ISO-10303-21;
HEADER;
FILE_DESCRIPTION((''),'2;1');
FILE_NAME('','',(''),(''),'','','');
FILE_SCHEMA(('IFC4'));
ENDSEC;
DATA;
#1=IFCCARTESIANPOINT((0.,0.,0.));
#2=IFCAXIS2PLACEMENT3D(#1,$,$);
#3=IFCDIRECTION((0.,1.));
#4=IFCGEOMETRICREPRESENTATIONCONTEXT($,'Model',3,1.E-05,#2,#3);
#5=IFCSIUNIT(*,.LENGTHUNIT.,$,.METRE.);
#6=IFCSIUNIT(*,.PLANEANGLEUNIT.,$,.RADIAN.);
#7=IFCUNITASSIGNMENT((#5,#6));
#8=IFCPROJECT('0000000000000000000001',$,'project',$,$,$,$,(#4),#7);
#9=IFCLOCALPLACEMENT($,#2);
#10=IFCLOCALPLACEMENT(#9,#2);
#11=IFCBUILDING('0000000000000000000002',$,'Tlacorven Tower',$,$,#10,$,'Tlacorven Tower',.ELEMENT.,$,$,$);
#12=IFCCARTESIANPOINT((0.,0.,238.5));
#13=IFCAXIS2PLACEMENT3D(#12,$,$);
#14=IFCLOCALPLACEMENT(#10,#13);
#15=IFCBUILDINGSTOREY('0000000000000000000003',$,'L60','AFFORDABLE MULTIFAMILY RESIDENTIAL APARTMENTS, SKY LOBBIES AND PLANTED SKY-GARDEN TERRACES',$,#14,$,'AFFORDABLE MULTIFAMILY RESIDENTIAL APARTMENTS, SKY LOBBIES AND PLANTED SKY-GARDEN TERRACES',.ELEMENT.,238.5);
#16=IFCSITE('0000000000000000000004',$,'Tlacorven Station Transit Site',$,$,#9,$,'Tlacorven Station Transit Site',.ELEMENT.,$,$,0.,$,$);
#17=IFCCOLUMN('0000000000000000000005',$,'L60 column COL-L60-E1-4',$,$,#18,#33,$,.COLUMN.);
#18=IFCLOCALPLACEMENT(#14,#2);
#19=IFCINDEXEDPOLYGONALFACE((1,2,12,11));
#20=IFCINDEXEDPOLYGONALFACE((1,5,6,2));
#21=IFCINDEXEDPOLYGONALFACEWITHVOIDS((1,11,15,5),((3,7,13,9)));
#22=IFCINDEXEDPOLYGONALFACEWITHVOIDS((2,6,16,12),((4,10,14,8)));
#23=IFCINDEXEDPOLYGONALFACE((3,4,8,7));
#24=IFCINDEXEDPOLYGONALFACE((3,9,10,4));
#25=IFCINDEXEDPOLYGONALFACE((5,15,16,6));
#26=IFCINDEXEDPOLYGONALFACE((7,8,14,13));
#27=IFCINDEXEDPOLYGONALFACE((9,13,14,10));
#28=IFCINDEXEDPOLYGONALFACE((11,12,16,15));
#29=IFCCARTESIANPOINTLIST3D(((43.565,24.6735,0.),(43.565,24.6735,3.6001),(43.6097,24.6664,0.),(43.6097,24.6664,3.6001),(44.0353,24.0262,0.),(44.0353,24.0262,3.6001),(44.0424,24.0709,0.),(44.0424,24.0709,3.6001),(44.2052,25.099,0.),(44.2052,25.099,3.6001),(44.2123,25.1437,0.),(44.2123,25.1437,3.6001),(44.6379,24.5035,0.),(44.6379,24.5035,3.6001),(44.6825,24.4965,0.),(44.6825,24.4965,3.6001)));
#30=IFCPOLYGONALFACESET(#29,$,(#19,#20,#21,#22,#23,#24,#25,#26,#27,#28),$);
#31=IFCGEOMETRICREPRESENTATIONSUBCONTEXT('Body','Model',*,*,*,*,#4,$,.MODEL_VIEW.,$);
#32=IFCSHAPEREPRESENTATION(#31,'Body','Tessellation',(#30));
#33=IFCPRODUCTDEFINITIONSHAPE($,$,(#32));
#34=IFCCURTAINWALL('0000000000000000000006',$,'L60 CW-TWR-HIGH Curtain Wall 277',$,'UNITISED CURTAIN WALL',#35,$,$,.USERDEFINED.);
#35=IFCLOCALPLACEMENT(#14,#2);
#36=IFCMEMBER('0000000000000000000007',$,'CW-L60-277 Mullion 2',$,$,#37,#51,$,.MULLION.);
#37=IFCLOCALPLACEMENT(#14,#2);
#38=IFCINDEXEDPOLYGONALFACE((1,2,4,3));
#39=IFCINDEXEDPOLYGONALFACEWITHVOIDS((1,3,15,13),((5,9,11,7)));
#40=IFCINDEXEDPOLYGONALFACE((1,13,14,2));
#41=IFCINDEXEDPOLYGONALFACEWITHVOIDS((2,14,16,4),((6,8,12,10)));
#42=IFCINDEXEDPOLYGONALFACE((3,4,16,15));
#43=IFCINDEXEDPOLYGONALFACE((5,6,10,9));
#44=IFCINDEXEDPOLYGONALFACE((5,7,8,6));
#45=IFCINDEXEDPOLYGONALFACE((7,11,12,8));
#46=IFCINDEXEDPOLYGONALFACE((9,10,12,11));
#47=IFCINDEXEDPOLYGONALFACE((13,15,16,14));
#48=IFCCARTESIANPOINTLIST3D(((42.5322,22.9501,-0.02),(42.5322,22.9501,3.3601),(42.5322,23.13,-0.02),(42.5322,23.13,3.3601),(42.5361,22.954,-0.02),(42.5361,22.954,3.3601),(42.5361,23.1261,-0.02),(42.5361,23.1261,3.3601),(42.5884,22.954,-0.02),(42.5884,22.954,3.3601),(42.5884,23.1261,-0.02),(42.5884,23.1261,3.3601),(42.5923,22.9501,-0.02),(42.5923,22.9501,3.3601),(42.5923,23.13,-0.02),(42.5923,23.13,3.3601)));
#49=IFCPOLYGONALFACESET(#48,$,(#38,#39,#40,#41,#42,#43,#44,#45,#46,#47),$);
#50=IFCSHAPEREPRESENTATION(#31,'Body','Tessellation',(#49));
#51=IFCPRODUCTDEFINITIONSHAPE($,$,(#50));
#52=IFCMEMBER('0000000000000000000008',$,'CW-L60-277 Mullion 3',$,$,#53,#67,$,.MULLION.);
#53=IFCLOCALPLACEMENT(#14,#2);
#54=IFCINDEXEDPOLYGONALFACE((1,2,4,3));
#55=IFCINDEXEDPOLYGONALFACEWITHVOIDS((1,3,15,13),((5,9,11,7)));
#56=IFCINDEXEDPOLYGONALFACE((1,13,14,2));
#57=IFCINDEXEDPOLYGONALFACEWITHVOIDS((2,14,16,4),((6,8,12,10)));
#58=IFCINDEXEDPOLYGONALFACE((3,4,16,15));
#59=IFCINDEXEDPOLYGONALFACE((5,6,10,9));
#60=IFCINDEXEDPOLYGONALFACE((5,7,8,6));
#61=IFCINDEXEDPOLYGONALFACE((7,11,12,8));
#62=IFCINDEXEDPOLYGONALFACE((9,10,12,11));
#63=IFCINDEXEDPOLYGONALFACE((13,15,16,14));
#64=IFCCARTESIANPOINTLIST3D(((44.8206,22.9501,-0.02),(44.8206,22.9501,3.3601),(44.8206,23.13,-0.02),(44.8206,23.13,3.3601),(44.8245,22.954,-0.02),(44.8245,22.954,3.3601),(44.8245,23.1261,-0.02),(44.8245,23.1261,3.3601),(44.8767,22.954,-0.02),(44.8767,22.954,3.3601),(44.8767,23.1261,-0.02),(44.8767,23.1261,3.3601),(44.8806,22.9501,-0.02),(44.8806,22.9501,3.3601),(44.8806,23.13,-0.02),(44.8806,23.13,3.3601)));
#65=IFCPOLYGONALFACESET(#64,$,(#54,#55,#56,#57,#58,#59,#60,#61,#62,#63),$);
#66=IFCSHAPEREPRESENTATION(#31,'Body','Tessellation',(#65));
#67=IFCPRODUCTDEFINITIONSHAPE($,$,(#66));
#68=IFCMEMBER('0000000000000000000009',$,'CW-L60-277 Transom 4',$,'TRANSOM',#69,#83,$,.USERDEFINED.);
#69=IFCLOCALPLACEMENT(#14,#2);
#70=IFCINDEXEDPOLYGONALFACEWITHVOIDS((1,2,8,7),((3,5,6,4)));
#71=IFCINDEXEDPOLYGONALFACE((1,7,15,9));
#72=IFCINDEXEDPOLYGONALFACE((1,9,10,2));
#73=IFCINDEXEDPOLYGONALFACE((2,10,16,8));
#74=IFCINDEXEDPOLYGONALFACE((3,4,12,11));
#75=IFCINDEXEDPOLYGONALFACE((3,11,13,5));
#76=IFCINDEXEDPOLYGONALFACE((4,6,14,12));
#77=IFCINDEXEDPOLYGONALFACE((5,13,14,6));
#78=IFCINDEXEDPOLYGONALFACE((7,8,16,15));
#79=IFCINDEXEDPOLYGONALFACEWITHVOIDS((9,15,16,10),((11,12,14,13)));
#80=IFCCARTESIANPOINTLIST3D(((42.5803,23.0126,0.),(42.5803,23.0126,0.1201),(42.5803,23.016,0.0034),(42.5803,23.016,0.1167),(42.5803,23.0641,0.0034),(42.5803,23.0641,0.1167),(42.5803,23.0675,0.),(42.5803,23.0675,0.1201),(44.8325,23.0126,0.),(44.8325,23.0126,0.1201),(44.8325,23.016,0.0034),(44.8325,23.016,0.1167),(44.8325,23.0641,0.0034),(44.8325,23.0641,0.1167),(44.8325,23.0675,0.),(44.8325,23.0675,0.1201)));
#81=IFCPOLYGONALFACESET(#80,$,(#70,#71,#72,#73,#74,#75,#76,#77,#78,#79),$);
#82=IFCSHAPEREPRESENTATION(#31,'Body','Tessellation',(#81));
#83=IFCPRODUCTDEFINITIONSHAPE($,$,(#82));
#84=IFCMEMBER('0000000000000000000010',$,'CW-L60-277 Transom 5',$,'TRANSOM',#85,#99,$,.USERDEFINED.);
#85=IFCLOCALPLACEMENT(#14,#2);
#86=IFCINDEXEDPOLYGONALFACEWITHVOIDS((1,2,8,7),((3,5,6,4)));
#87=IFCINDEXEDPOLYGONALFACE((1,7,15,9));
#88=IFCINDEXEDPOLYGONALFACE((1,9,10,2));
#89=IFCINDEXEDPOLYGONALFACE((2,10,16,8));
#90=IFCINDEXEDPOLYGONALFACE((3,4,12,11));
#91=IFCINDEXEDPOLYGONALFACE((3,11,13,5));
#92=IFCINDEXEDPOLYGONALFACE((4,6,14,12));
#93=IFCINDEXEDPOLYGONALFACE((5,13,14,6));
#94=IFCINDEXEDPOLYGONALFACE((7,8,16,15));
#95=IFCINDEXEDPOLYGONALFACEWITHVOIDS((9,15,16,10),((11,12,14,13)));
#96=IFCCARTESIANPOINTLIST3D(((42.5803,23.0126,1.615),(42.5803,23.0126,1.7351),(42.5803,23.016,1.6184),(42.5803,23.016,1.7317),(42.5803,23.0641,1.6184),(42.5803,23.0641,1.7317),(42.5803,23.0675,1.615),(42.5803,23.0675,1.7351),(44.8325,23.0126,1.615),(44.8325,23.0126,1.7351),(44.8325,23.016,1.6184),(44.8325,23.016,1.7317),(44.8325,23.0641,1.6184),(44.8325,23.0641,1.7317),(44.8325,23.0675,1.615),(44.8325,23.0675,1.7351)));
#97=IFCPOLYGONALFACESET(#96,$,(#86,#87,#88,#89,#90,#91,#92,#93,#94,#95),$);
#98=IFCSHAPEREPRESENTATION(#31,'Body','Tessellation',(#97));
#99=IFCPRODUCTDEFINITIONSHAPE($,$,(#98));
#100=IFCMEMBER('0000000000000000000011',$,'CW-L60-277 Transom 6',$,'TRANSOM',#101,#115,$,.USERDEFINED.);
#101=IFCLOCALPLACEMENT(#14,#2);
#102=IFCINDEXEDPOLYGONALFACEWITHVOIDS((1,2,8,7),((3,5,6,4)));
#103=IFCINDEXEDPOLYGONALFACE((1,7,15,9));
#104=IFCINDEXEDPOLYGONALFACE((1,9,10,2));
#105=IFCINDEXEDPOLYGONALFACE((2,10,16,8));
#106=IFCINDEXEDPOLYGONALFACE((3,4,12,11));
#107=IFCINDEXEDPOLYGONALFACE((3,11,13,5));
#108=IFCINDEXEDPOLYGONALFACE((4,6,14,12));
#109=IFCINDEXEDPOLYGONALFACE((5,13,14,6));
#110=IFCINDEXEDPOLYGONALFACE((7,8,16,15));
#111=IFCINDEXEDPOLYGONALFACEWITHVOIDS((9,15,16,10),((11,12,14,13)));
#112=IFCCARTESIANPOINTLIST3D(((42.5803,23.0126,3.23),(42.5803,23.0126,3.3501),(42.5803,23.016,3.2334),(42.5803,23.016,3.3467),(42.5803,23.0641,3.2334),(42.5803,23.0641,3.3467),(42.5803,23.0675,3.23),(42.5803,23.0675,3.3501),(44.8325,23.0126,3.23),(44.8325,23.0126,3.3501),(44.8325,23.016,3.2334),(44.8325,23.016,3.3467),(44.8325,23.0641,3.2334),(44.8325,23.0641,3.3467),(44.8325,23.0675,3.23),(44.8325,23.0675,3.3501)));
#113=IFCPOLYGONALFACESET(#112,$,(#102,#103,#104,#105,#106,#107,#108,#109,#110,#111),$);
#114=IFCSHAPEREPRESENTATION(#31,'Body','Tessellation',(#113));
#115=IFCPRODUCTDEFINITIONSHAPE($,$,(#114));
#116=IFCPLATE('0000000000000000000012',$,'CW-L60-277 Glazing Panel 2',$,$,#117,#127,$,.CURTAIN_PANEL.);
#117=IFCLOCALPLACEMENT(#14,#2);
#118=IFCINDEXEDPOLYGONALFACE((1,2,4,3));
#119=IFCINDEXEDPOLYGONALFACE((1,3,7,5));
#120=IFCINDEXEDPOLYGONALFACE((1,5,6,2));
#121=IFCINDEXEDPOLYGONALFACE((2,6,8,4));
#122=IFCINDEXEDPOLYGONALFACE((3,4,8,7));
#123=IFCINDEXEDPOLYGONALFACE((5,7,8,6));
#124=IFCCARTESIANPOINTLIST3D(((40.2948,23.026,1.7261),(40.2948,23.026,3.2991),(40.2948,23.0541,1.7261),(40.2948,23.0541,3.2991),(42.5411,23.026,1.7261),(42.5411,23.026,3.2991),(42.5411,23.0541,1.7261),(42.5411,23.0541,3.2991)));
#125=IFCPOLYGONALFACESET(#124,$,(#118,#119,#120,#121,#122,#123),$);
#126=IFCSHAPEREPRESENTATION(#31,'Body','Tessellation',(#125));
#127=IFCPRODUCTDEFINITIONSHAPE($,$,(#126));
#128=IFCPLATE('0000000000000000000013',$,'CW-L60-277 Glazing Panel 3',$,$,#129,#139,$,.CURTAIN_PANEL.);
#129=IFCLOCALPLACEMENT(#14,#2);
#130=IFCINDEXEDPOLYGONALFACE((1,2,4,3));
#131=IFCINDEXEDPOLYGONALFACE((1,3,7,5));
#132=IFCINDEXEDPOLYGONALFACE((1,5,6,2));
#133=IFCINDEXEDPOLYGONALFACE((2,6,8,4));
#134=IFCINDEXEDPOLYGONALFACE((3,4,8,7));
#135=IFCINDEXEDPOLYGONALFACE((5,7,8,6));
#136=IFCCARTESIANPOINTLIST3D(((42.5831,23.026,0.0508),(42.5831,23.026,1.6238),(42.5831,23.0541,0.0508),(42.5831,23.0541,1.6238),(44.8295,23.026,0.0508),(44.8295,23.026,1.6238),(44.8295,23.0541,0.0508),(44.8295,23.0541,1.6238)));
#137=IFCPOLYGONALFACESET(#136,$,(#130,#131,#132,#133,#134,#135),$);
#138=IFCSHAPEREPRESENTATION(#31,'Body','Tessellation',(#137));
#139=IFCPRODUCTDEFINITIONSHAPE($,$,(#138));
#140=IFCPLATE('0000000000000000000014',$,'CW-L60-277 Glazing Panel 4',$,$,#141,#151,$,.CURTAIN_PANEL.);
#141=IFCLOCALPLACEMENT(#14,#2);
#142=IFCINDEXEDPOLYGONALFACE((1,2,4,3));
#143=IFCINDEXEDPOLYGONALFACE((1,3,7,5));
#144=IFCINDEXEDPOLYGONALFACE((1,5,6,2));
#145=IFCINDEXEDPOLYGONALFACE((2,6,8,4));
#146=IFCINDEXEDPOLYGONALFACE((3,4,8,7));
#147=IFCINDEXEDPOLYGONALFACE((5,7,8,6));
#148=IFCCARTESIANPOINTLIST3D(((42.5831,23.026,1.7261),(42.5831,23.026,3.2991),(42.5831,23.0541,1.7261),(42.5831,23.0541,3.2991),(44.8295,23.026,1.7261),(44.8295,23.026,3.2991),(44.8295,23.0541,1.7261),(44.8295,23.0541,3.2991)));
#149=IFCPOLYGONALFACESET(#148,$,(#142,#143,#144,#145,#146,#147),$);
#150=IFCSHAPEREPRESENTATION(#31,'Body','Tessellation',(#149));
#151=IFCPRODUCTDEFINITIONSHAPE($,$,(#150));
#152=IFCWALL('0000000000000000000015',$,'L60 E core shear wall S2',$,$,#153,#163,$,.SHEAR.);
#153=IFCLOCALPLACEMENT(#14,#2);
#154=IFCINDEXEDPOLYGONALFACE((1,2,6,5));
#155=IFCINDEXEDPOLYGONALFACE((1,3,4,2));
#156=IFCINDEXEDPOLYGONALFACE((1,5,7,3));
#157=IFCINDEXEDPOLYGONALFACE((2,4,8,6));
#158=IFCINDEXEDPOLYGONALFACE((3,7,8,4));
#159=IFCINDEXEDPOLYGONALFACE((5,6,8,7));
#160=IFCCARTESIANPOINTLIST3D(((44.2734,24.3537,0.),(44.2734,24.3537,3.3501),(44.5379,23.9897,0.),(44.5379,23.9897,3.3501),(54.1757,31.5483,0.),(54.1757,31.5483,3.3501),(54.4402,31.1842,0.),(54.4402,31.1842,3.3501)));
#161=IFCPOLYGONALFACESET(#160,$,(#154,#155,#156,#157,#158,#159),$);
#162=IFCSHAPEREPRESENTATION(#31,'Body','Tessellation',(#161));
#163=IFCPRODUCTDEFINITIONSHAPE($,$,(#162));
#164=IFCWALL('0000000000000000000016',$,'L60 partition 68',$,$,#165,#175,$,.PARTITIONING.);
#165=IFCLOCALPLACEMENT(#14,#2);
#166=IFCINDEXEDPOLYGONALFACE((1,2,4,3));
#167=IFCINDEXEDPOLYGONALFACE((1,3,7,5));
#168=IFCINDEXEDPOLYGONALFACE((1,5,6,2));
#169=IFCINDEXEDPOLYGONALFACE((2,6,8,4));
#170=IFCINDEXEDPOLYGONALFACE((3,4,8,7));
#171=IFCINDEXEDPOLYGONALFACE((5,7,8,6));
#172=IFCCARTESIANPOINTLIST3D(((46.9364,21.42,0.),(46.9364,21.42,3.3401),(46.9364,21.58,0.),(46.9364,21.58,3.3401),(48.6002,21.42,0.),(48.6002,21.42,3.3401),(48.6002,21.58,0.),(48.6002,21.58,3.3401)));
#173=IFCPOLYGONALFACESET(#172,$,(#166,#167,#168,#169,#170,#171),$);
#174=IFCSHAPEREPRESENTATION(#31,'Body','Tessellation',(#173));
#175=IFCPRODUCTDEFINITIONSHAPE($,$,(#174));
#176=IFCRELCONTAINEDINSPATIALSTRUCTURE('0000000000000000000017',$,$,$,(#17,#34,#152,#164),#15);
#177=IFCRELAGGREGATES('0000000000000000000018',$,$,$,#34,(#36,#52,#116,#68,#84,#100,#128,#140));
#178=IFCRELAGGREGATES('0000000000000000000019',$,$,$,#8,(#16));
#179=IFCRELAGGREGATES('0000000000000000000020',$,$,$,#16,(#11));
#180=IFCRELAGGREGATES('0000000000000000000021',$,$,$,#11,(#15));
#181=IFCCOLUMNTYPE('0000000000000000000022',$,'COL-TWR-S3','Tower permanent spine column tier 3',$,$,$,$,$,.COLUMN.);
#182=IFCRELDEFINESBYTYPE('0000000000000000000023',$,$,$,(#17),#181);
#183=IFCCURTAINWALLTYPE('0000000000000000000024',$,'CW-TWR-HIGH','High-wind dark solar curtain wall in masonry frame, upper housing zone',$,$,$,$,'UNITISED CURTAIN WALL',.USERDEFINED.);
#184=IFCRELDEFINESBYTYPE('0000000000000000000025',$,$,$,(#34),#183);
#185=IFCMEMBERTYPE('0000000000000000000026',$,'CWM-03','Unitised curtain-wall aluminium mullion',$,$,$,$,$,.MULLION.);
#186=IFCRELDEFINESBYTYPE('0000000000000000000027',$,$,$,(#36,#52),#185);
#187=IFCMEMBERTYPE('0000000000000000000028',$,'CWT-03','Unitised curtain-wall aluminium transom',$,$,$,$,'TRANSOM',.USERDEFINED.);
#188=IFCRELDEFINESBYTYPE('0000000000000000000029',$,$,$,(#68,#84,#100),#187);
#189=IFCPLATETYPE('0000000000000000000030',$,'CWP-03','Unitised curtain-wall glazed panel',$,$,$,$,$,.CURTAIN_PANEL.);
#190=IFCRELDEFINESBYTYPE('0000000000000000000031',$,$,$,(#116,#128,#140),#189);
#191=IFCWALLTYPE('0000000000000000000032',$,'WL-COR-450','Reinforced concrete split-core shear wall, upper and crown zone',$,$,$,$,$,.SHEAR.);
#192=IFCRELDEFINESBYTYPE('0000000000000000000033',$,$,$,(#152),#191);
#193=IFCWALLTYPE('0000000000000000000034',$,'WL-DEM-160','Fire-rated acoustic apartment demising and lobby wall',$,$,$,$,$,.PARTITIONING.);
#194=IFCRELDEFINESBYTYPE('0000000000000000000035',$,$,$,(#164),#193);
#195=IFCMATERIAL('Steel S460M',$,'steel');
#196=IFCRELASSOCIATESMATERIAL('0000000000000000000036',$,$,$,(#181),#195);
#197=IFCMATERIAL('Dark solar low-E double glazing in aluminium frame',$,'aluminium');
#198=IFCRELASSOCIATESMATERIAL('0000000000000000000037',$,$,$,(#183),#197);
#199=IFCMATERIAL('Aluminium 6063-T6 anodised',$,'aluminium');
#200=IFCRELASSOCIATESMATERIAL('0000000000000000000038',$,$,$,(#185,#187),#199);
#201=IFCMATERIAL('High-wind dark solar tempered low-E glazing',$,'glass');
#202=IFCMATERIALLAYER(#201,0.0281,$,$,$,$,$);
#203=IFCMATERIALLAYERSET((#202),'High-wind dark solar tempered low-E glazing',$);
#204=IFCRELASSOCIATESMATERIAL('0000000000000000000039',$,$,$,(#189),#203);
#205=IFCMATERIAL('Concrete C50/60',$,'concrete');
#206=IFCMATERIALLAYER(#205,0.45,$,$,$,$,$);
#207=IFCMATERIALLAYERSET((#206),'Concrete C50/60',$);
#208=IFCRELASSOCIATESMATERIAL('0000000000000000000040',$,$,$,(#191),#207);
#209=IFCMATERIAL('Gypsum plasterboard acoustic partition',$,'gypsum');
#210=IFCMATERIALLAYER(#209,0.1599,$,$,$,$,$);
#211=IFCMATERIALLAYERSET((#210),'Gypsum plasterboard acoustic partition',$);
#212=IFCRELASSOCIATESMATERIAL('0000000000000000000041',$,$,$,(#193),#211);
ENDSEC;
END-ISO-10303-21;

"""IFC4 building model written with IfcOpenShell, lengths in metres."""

from ifc_helpers import new_model, si_unit, direction, frame, frame_2d, origin, origin_2d, place, context, subcontext, project, spatial, rectangle, hollow_rectangle, extrude, source, transform, mapped, material, layer, layer_set, material_profile, profile_set, type_object, element, aggregate, save


model = new_model("IFC4")

# Units and contexts
model_context = context("Model", 3, precision=1e-05, world=origin(), true_north=direction((0.0, 1.0)))
body_context = subcontext(model_context, "Body", "Model", "MODEL_VIEW")
ifc_project = project(units=[si_unit("LENGTHUNIT", "METRE"), si_unit("PLANEANGLEUNIT", "RADIAN")], contexts=[model_context])

# Site, building, storey
site_placement = place(None, origin())
site = spatial("IfcSite", under=ifc_project, at=site_placement, Name="Tlacorven Station Transit Site", LongName="Tlacorven Station Transit Site", CompositionType="ELEMENT", RefElevation=0.0)
building_placement = place(site_placement, origin())
building = spatial("IfcBuilding", under=site, at=building_placement, Name="Tlacorven Tower", LongName="Tlacorven Tower", CompositionType="ELEMENT")
storey_placement = place(building_placement, frame((0.0, 0.0, 238.5)))
storey = spatial("IfcBuildingStorey", under=building, at=storey_placement, Name="L60", Description="AFFORDABLE MULTIFAMILY RESIDENTIAL APARTMENTS, SKY LOBBIES AND PLANTED SKY-GARDEN TERRACES", LongName="AFFORDABLE MULTIFAMILY RESIDENTIAL APARTMENTS, SKY LOBBIES AND PLANTED SKY-GARDEN TERRACES", CompositionType="ELEMENT", Elevation=238.5)

# Column
ifc_material_1 = material(Name="Steel S460M", Category="steel")
ifc_material_profile_1 = material_profile(ifc_material_1, hollow_rectangle(XDim=0.8, YDim=0.8, WallThickness=0.032, at=origin_2d()), Name="BOX 800X800X32")
ifc_profile_set_1 = profile_set([ifc_material_profile_1], Name="Steel S460M")
column_type = type_object("IfcColumnType", Name="COL-TWR-S3", Description="Tower permanent spine column tier 3", PredefinedType="COLUMN", material=ifc_profile_set_1)
shared_shape_1 = source(origin(), body_context, "Body", "SweptSolid", [
    extrude(hollow_rectangle(XDim=0.8, YDim=0.8, WallThickness=0.032, at=origin_2d()), origin(), (0.0, 0.0, 1.0), 3.6001),
])
column_placement = place(storey_placement, frame((44.1238, 24.585, 0.0), z_axis=(0.0, 0.0, 1.0), x_axis=(0.809017, 0.587785, 0.0)))
element("IfcColumn", 1, at=column_placement, inside=storey, type_object=column_type, Name="L60 column COL-L60-E1-4", PredefinedType="COLUMN", context=body_context, shape_type="MappedRepresentation", body=[
    mapped(shared_shape_1, transform((0.0, 0.0, 0.0), scale=1.0)),
])

# Curtain wall, members, plates
ifc_material_2 = material(Name="Dark solar low-E double glazing in aluminium frame", Category="aluminium")
curtain_wall_type = type_object("IfcCurtainWallType", Name="CW-TWR-HIGH", Description="High-wind dark solar curtain wall in masonry frame, upper housing zone", ElementType="UNITISED CURTAIN WALL", PredefinedType="USERDEFINED", material=ifc_material_2)
curtain_wall_placement = place(storey_placement, origin())
curtain_wall = element("IfcCurtainWall", 2, at=curtain_wall_placement, inside=storey, type_object=curtain_wall_type, Name="L60 CW-TWR-HIGH Curtain Wall 277", ObjectType="UNITISED CURTAIN WALL", PredefinedType="USERDEFINED")
ifc_material_3 = material(Name="Aluminium 6063-T6 anodised", Category="aluminium")
ifc_material_profile_2 = material_profile(ifc_material_3, hollow_rectangle(XDim=0.0601, YDim=0.1799, WallThickness=0.0039, at=origin_2d()), Name="ALU MULLION 60X180")
ifc_profile_set_2 = profile_set([ifc_material_profile_2], Name="Aluminium 6063-T6 anodised")
member_type_1 = type_object("IfcMemberType", Name="CWM-03", Description="Unitised curtain-wall aluminium mullion", PredefinedType="MULLION", material=ifc_profile_set_2)
shared_shape_2 = source(origin(), body_context, "Body", "SweptSolid", [
    extrude(hollow_rectangle(XDim=0.0601, YDim=0.1799, WallThickness=0.0039, at=origin_2d()), origin(), (0.0, 0.0, 1.0), 3.3801),
])
member_1_placement = place(storey_placement, frame((42.5623, 23.04, -0.02), z_axis=(0.0, 0.0, 1.0), x_axis=(1.0, 0.0, 0.0)))
member_1 = element("IfcMember", 3, at=member_1_placement, type_object=member_type_1, Name="CW-L60-277 Mullion 2", PredefinedType="MULLION", context=body_context, shape_type="MappedRepresentation", body=[
    mapped(shared_shape_2, transform((0.0, 0.0, 0.0), scale=1.0)),
])
member_2_placement = place(storey_placement, frame((44.8506, 23.04, -0.02), z_axis=(0.0, 0.0, 1.0), x_axis=(1.0, 0.0, 0.0)))
member_2 = element("IfcMember", 4, at=member_2_placement, type_object=member_type_1, Name="CW-L60-277 Mullion 3", PredefinedType="MULLION", context=body_context, shape_type="MappedRepresentation", body=[
    mapped(shared_shape_2, transform((0.0, 0.0, 0.0), scale=1.0)),
])
ifc_material_profile_3 = material_profile(ifc_material_3, hollow_rectangle(XDim=0.0549, YDim=0.1201, WallThickness=0.0034, at=origin_2d()), Name="ALU TRANSOM 55X120")
ifc_profile_set_3 = profile_set([ifc_material_profile_3], Name="Aluminium 6063-T6 anodised")
member_type_2 = type_object("IfcMemberType", Name="CWT-03", Description="Unitised curtain-wall aluminium transom", ElementType="TRANSOM", PredefinedType="USERDEFINED", material=ifc_profile_set_3)
shared_shape_3 = source(origin(), body_context, "Body", "SweptSolid", [
    extrude(hollow_rectangle(XDim=0.0549, YDim=0.1201, WallThickness=0.0034, at=origin_2d()), origin(), (0.0, 0.0, 1.0), 2.2522),
])
member_3_placement = place(storey_placement, frame((42.5803, 23.04, 0.0601), z_axis=(1.0, 0.0, 0.0), x_axis=(0.0, 1.0, 0.0)))
member_3 = element("IfcMember", 5, at=member_3_placement, type_object=member_type_2, Name="CW-L60-277 Transom 4", ObjectType="TRANSOM", PredefinedType="USERDEFINED", context=body_context, shape_type="MappedRepresentation", body=[
    mapped(shared_shape_3, transform((0.0, 0.0, 0.0), scale=1.0)),
])
member_4_placement = place(storey_placement, frame((42.5803, 23.04, 1.675), z_axis=(1.0, 0.0, 0.0), x_axis=(0.0, 1.0, 0.0)))
member_4 = element("IfcMember", 6, at=member_4_placement, type_object=member_type_2, Name="CW-L60-277 Transom 5", ObjectType="TRANSOM", PredefinedType="USERDEFINED", context=body_context, shape_type="MappedRepresentation", body=[
    mapped(shared_shape_3, transform((0.0, 0.0, 0.0), scale=1.0)),
])
member_5_placement = place(storey_placement, frame((42.5803, 23.04, 3.29), z_axis=(1.0, 0.0, 0.0), x_axis=(0.0, 1.0, 0.0)))
member_5 = element("IfcMember", 7, at=member_5_placement, type_object=member_type_2, Name="CW-L60-277 Transom 6", ObjectType="TRANSOM", PredefinedType="USERDEFINED", context=body_context, shape_type="MappedRepresentation", body=[
    mapped(shared_shape_3, transform((0.0, 0.0, 0.0), scale=1.0)),
])
ifc_material_4 = material(Name="High-wind dark solar tempered low-E glazing", Category="glass")
ifc_layer_1 = layer(ifc_material_4, 0.0281)
ifc_layer_set_1 = layer_set([ifc_layer_1], Name="High-wind dark solar tempered low-E glazing")
plate_type = type_object("IfcPlateType", Name="CWP-03", Description="Unitised curtain-wall glazed panel", PredefinedType="CURTAIN_PANEL", material=ifc_layer_set_1)
shared_shape_4 = source(origin(), body_context, "Body", "SweptSolid", [
    extrude(rectangle(XDim=2.2463, YDim=0.0281, at=origin_2d()), origin(), (0.0, 0.0, 1.0), 1.573),
])
plate_1_placement = place(storey_placement, frame((41.418, 23.04, 1.7261), z_axis=(0.0, 0.0, 1.0), x_axis=(1.0, 0.0, 0.0)))
plate_1 = element("IfcPlate", 8, at=plate_1_placement, type_object=plate_type, Name="CW-L60-277 Glazing Panel 2", PredefinedType="CURTAIN_PANEL", context=body_context, shape_type="MappedRepresentation", body=[
    mapped(shared_shape_4, transform((0.0, 0.0, 0.0), scale=1.0)),
])
plate_2_placement = place(storey_placement, frame((43.7063, 23.04, 0.0508), z_axis=(0.0, 0.0, 1.0), x_axis=(1.0, 0.0, 0.0)))
plate_2 = element("IfcPlate", 9, at=plate_2_placement, type_object=plate_type, Name="CW-L60-277 Glazing Panel 3", PredefinedType="CURTAIN_PANEL", context=body_context, shape_type="MappedRepresentation", body=[
    mapped(shared_shape_4, transform((0.0, 0.0, 0.0), scale=1.0)),
])
plate_3_placement = place(storey_placement, frame((43.7063, 23.04, 1.7261), z_axis=(0.0, 0.0, 1.0), x_axis=(1.0, 0.0, 0.0)))
plate_3 = element("IfcPlate", 10, at=plate_3_placement, type_object=plate_type, Name="CW-L60-277 Glazing Panel 4", PredefinedType="CURTAIN_PANEL", context=body_context, shape_type="MappedRepresentation", body=[
    mapped(shared_shape_4, transform((0.0, 0.0, 0.0), scale=1.0)),
])
aggregate(curtain_wall, [member_1, member_2, plate_1, member_3, member_4, member_5, plate_2, plate_3])

# Walls
ifc_material_5 = material(Name="Concrete C50/60", Category="concrete")
ifc_layer_2 = layer(ifc_material_5, 0.45)
ifc_layer_set_2 = layer_set([ifc_layer_2], Name="Concrete C50/60")
wall_type_1 = type_object("IfcWallType", Name="WL-COR-450", Description="Reinforced concrete split-core shear wall, upper and crown zone", PredefinedType="SHEAR", material=ifc_layer_set_2)
wall_1_placement = place(storey_placement, frame((44.4055, 24.1716, 0.0), z_axis=(0.0, 0.0, 1.0), x_axis=(0.809013, 0.587791, 0.0)))
element("IfcWall", 11, at=wall_1_placement, inside=storey, type_object=wall_type_1, Name="L60 E core shear wall S2", PredefinedType="SHEAR", context=body_context, shape_type="SweptSolid", body=[
    extrude(rectangle(XDim=12.24, YDim=0.45, at=frame_2d((6.1201, 0.0))), origin(), (0.0, 0.0, 1.0), 3.3501),
])
ifc_material_6 = material(Name="Gypsum plasterboard acoustic partition", Category="gypsum")
ifc_layer_3 = layer(ifc_material_6, 0.1599)
ifc_layer_set_3 = layer_set([ifc_layer_3], Name="Gypsum plasterboard acoustic partition")
wall_type_2 = type_object("IfcWallType", Name="WL-DEM-160", Description="Fire-rated acoustic apartment demising and lobby wall", PredefinedType="PARTITIONING", material=ifc_layer_set_3)
wall_2_placement = place(storey_placement, frame((46.9363, 21.5, 0.0), z_axis=(0.0, 0.0, 1.0), x_axis=(1.0, 0.0, 0.0)))
element("IfcWall", 12, at=wall_2_placement, inside=storey, type_object=wall_type_2, Name="L60 partition 68", PredefinedType="PARTITIONING", context=body_context, shape_type="SweptSolid", body=[
    extrude(rectangle(XDim=1.6638, YDim=0.1599, at=frame_2d((0.832, 0.0))), origin(), (0.0, 0.0, 1.0), 3.3401),
])

save(model, "model.ifc")
